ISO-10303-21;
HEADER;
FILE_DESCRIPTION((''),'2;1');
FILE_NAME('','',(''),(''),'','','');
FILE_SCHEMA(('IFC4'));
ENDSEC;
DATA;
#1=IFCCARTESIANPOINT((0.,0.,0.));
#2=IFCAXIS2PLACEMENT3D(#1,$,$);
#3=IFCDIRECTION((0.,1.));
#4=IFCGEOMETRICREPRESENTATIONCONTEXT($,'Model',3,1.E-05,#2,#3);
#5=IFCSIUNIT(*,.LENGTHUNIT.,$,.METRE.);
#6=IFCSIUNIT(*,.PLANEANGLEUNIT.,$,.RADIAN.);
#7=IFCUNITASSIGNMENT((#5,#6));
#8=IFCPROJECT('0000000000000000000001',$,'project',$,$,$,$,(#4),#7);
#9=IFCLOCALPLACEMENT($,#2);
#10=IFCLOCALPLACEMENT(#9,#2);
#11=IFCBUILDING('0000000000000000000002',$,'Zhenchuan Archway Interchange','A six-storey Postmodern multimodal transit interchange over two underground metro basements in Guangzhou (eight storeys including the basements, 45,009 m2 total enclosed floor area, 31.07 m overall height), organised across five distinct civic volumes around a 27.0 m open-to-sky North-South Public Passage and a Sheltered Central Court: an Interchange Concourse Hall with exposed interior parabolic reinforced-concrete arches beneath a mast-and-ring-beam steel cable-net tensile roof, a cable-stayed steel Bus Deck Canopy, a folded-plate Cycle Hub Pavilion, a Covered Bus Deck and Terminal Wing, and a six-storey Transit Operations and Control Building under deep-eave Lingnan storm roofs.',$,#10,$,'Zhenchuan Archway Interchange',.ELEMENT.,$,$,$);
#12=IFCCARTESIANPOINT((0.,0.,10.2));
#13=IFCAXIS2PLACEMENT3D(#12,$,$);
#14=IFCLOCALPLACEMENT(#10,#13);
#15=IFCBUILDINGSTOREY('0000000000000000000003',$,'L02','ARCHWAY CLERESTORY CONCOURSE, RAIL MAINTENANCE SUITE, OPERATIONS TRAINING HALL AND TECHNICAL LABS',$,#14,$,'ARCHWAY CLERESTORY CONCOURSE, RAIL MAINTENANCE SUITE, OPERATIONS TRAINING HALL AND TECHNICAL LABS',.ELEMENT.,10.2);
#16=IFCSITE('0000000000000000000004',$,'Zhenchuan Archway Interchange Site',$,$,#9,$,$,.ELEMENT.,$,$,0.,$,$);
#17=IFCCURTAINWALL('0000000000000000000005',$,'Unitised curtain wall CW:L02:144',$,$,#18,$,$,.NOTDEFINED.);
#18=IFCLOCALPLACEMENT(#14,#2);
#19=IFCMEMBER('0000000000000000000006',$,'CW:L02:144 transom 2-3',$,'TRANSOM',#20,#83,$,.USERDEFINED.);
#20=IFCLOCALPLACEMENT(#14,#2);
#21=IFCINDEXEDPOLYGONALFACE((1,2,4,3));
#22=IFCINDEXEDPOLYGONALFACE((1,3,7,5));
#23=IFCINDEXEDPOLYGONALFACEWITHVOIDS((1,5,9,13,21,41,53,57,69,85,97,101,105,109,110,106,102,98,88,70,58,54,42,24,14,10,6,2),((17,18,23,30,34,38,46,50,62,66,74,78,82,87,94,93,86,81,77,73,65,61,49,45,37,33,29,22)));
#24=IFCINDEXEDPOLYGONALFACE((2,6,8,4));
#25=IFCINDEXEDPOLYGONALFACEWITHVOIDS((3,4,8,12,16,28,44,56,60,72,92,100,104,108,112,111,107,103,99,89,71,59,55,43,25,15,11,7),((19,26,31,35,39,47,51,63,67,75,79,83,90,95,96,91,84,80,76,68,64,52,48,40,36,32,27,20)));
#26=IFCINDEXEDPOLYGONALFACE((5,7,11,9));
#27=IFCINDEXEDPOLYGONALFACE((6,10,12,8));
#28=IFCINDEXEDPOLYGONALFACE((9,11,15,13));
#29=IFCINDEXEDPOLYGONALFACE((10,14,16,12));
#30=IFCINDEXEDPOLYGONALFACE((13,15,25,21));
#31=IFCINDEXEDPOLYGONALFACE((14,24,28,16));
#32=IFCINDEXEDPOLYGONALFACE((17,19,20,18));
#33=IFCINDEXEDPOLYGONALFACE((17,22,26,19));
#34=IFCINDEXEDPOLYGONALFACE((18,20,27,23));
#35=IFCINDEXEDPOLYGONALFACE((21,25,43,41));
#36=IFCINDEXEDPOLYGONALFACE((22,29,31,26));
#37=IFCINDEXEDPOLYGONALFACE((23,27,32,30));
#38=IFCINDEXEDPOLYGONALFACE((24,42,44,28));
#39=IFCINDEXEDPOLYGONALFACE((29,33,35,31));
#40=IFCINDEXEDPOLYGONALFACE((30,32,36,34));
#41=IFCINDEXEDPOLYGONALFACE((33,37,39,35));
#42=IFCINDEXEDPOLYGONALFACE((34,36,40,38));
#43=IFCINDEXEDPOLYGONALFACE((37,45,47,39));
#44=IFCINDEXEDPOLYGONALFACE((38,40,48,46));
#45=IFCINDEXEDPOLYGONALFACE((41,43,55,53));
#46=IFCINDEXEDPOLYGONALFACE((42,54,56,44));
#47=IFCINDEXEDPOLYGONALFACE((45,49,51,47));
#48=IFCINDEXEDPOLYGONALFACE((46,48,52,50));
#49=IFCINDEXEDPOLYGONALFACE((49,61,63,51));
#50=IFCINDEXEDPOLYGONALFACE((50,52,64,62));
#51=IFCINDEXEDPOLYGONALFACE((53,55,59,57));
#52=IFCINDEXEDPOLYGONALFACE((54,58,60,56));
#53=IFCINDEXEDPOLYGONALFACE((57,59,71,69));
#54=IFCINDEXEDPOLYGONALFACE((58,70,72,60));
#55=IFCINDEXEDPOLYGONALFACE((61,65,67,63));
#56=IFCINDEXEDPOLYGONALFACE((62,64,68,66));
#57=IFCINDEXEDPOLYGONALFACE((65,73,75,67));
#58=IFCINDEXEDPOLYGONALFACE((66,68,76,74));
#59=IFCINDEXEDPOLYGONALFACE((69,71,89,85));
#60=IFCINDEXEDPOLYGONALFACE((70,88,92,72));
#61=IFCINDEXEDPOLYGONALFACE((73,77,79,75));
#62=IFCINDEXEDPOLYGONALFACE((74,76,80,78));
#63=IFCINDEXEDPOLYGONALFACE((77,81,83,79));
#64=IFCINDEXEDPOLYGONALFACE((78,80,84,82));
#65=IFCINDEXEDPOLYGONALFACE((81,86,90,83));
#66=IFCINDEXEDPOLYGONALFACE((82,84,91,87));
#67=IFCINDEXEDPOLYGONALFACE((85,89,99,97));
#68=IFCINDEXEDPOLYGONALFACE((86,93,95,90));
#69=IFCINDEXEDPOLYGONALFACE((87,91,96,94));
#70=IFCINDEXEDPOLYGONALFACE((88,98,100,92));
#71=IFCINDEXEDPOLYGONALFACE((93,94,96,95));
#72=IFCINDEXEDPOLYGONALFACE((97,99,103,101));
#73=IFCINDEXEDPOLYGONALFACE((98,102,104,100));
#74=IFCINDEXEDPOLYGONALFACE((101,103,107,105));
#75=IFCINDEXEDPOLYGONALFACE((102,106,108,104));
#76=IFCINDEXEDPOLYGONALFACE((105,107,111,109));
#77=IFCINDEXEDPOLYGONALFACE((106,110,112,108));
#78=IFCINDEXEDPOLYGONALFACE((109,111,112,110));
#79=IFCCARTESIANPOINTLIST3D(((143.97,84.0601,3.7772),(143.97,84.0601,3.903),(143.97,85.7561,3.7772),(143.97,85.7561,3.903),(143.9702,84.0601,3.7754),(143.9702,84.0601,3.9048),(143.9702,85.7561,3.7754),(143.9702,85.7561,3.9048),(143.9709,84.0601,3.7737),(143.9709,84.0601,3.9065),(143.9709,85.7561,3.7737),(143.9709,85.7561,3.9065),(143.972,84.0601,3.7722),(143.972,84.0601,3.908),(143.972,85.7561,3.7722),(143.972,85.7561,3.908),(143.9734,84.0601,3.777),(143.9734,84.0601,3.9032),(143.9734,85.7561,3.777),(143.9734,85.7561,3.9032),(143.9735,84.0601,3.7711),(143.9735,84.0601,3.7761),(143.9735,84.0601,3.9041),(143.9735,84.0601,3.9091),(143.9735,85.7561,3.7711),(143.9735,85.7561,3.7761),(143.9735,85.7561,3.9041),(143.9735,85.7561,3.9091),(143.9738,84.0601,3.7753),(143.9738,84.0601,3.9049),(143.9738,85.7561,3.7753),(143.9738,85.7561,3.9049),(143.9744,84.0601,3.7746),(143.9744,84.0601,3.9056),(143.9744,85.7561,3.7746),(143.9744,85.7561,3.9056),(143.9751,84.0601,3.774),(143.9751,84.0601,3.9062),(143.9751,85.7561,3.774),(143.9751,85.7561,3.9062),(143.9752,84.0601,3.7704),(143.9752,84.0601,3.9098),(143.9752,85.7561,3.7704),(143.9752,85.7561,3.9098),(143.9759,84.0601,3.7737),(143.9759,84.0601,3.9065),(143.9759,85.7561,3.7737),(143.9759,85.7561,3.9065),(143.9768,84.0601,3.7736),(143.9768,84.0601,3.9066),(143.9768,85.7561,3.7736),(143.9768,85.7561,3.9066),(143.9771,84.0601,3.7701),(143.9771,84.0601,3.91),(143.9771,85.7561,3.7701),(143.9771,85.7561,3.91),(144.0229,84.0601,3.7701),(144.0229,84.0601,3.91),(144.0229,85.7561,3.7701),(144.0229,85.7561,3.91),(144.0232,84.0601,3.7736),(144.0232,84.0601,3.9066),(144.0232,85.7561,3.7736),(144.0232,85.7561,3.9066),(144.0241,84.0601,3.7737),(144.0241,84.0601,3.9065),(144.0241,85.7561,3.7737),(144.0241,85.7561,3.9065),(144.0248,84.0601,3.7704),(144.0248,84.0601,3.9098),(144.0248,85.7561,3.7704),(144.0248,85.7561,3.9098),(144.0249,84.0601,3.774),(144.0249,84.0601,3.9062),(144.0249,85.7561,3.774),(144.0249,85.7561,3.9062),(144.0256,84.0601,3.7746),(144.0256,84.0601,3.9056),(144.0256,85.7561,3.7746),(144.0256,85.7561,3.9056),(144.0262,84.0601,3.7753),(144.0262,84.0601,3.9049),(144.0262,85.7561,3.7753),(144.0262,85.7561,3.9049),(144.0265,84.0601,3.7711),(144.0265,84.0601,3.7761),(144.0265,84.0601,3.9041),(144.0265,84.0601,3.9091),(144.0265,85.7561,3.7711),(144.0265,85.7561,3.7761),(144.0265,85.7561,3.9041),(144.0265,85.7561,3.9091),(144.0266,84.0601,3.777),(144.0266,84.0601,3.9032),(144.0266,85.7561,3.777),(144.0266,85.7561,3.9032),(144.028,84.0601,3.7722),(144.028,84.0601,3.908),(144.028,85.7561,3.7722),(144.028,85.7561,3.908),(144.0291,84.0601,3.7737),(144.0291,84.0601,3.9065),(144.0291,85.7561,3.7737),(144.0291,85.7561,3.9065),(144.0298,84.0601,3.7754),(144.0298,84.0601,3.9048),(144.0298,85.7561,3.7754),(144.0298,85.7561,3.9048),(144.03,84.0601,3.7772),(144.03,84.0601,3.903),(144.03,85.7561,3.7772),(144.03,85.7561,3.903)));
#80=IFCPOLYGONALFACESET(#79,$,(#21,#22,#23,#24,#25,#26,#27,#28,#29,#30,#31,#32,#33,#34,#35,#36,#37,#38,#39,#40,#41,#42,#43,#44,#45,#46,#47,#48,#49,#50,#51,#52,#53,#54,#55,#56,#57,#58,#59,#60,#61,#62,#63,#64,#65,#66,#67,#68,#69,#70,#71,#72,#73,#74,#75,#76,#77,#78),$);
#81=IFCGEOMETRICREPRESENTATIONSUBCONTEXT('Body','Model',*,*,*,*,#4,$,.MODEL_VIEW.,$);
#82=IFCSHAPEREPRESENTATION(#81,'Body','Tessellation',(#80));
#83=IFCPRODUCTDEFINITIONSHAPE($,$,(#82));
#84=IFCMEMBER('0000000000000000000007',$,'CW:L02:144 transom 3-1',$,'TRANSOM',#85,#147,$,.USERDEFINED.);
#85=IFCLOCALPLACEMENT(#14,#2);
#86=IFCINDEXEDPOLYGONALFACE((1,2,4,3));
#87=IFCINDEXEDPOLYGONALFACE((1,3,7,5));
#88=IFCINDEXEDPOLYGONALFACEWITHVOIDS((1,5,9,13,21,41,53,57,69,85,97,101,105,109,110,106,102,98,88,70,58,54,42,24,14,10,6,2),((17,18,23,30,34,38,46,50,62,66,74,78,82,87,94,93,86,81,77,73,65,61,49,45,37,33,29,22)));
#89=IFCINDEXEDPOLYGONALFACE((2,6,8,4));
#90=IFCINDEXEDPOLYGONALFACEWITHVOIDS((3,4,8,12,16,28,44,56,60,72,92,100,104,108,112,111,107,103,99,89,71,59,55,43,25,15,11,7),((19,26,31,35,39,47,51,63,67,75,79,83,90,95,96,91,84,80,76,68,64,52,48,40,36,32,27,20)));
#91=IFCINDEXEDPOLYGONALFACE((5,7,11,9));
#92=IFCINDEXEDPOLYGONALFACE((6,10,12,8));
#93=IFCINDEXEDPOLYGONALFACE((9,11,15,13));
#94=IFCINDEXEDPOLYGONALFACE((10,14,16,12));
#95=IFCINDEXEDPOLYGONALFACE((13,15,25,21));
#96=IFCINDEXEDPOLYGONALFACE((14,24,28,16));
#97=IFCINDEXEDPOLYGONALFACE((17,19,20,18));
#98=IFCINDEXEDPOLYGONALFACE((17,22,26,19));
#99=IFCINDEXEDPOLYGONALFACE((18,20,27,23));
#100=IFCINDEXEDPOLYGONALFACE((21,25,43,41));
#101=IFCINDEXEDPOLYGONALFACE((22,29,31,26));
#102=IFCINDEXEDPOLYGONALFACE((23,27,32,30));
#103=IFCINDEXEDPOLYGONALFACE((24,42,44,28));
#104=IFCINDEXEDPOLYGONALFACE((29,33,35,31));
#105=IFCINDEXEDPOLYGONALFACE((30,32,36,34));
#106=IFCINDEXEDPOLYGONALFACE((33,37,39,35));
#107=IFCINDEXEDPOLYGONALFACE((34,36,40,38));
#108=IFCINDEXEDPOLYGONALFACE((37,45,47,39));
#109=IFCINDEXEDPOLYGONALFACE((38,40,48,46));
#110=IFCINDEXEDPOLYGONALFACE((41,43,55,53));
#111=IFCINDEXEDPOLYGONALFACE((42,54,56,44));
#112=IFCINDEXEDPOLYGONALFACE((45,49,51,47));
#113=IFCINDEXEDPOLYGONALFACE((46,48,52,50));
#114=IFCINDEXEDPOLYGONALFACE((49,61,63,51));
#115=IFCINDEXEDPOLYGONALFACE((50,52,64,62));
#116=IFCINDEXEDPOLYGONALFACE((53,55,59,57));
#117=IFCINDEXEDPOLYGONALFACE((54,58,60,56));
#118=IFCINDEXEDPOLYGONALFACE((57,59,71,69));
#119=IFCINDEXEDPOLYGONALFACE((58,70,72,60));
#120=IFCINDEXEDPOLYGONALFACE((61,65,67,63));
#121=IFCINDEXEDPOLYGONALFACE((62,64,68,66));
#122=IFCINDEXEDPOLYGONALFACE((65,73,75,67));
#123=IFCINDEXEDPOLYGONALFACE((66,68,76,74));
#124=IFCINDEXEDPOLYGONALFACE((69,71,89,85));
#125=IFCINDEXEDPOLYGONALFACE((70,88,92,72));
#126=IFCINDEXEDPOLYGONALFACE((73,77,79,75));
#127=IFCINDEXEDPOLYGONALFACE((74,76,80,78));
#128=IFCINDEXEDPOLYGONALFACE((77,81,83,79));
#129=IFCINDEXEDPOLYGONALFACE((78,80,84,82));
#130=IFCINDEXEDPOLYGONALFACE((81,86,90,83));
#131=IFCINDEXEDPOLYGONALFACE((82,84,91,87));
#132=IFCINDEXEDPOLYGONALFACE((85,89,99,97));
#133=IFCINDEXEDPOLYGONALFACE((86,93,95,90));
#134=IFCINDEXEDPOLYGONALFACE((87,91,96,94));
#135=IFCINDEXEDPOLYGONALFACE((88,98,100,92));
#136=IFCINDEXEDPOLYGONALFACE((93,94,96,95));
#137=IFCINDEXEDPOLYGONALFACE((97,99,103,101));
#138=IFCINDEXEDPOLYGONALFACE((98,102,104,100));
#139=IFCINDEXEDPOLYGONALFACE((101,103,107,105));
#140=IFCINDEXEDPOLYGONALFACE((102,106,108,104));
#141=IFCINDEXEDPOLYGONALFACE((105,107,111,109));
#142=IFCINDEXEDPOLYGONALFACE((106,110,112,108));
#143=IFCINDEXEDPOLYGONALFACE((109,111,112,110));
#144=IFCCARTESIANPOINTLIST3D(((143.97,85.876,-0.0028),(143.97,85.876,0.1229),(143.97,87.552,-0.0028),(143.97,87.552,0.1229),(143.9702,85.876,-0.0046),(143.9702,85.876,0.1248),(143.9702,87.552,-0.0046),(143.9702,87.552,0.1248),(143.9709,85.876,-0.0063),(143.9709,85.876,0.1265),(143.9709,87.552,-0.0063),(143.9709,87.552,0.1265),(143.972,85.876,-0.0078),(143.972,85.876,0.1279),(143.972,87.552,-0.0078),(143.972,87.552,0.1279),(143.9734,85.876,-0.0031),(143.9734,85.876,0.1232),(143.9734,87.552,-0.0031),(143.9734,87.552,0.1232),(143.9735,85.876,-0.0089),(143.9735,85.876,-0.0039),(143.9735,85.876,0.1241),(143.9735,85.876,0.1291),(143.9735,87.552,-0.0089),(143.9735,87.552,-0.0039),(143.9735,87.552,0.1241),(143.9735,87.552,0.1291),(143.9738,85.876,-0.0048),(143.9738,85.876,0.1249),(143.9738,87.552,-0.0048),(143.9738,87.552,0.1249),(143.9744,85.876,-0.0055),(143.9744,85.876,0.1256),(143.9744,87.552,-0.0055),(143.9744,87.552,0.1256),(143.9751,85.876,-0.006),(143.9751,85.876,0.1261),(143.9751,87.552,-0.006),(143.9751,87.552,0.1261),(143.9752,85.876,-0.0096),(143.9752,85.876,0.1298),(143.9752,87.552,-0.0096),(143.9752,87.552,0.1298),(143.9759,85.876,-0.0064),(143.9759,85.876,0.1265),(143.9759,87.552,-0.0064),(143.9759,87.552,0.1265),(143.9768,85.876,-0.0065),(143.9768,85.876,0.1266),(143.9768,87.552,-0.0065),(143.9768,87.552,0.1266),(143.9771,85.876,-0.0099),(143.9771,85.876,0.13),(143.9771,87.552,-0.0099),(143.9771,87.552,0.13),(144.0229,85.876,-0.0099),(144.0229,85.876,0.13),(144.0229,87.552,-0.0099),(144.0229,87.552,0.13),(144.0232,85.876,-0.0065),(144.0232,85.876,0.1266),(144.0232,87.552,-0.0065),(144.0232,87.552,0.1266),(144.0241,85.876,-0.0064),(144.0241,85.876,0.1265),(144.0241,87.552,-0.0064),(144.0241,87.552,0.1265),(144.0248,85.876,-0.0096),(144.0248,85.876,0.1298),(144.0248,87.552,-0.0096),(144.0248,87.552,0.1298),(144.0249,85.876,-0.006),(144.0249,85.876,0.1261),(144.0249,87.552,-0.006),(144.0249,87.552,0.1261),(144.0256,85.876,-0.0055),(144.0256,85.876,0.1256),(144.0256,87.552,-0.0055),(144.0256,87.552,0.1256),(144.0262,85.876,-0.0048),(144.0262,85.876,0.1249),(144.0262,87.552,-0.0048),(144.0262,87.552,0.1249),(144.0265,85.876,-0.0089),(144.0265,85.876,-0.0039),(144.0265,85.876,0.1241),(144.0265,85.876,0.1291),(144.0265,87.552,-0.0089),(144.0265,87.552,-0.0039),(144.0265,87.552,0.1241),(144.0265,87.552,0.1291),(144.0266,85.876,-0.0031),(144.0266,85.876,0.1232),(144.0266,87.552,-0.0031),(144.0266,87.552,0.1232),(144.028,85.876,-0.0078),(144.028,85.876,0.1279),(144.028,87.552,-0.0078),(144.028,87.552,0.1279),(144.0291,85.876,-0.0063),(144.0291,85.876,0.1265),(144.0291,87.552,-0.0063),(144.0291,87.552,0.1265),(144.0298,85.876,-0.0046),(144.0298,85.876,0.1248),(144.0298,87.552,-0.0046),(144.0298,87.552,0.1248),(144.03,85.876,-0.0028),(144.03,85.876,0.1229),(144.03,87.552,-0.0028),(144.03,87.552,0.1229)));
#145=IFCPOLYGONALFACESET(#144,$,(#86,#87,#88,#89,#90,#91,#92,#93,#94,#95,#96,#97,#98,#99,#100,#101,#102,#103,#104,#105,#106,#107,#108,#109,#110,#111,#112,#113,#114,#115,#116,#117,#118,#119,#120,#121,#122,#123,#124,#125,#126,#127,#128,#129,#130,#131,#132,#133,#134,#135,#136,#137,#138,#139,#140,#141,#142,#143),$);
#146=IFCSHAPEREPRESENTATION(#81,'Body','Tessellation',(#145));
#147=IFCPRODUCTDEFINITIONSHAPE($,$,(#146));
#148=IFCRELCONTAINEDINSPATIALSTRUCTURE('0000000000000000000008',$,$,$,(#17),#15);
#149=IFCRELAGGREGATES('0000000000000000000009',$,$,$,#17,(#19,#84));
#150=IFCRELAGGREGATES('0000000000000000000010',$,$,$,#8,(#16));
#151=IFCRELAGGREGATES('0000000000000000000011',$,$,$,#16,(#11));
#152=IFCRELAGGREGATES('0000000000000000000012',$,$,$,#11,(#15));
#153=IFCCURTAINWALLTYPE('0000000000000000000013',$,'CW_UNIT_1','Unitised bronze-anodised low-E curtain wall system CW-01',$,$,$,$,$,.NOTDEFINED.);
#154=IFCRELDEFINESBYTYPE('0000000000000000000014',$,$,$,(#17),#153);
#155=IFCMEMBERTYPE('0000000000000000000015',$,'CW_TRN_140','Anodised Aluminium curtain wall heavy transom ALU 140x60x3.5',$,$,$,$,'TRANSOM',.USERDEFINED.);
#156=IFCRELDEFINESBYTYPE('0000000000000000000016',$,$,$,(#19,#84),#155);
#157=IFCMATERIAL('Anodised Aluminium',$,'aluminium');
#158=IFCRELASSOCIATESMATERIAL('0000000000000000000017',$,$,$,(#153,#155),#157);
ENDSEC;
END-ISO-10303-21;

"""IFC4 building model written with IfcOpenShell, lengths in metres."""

from ifc_helpers import new_model, si_unit, direction, frame, origin, origin_2d, place, context, subcontext, project, spatial, hollow_rectangle, extrude, material, material_profile, profile_set, type_object, element, aggregate, save


model = new_model("IFC4")

# Units and contexts
model_context = context("Model", 3, precision=1e-05, world=origin(), true_north=direction((0.0, 1.0)))
body_context = subcontext(model_context, "Body", "Model", "MODEL_VIEW")
ifc_project = project(units=[si_unit("LENGTHUNIT", "METRE"), si_unit("PLANEANGLEUNIT", "RADIAN")], contexts=[model_context])

# Site, building, storey
site_placement = place(None, origin())
site = spatial("IfcSite", under=ifc_project, at=site_placement, Name="Zhenchuan Archway Interchange Site", CompositionType="ELEMENT", RefElevation=0.0)
building_placement = place(site_placement, origin())
building = spatial("IfcBuilding", under=site, at=building_placement, Name="Zhenchuan Archway Interchange", Description="A six-storey Postmodern multimodal transit interchange over two underground metro basements in Guangzhou (eight storeys including the basements, 45,009 m2 total enclosed floor area, 31.07 m overall height), organised across five distinct civic volumes around a 27.0 m open-to-sky North-South Public Passage and a Sheltered Central Court: an Interchange Concourse Hall with exposed interior parabolic reinforced-concrete arches beneath a mast-and-ring-beam steel cable-net tensile roof, a cable-stayed steel Bus Deck Canopy, a folded-plate Cycle Hub Pavilion, a Covered Bus Deck and Terminal Wing, and a six-storey Transit Operations and Control Building under deep-eave Lingnan storm roofs.", LongName="Zhenchuan Archway Interchange", CompositionType="ELEMENT")
storey_placement = place(building_placement, frame((0.0, 0.0, 10.2)))
storey = spatial("IfcBuildingStorey", under=building, at=storey_placement, Name="L02", Description="ARCHWAY CLERESTORY CONCOURSE, RAIL MAINTENANCE SUITE, OPERATIONS TRAINING HALL AND TECHNICAL LABS", LongName="ARCHWAY CLERESTORY CONCOURSE, RAIL MAINTENANCE SUITE, OPERATIONS TRAINING HALL AND TECHNICAL LABS", CompositionType="ELEMENT", Elevation=10.2)

# Curtain wall, members
ifc_material_1 = material(Name="Anodised Aluminium", Category="aluminium")
curtain_wall_type = type_object("IfcCurtainWallType", Name="CW_UNIT_1", Description="Unitised bronze-anodised low-E curtain wall system CW-01", PredefinedType="NOTDEFINED", material=ifc_material_1)
curtain_wall_placement = place(storey_placement, origin())
curtain_wall = element("IfcCurtainWall", 1, at=curtain_wall_placement, inside=storey, type_object=curtain_wall_type, Name="Unitised curtain wall CW:L02:144", PredefinedType="NOTDEFINED")
ifc_material_profile_1 = material_profile(ifc_material_1, hollow_rectangle(XDim=0.0601, YDim=0.1399, WallThickness=0.0034, InnerFilletRadius=0.0034, OuterFilletRadius=0.0071, at=origin_2d()), Name="ALU 140x60x3.5")
ifc_profile_set_1 = profile_set([ifc_material_profile_1], Name="Anodised Aluminium")
member_type_1 = type_object("IfcMemberType", Name="CW_TRN_140", Description="Anodised Aluminium curtain wall heavy transom ALU 140x60x3.5", ElementType="TRANSOM", PredefinedType="USERDEFINED", material=ifc_profile_set_1)
member_1_placement = place(storey_placement, frame((144.0, 84.0601, 3.8401), z_axis=(0.0, 1.0, 0.0), x_axis=(-1.0, 0.0, 0.0)))
member_1 = element("IfcMember", 2, at=member_1_placement, type_object=member_type_1, Name="CW:L02:144 transom 2-3", ObjectType="TRANSOM", PredefinedType="USERDEFINED", context=body_context, shape_type="SweptSolid", body=[
    extrude(hollow_rectangle(XDim=0.0601, YDim=0.1399, WallThickness=0.0034, InnerFilletRadius=0.0034, OuterFilletRadius=0.0071, at=origin_2d()), origin(), (0.0, 0.0, 1.0), 1.696),
])
member_2_placement = place(storey_placement, frame((144.0, 85.876, 0.0601), z_axis=(0.0, 1.0, 0.0), x_axis=(-1.0, 0.0, 0.0)))
member_2 = element("IfcMember", 3, at=member_2_placement, type_object=member_type_1, Name="CW:L02:144 transom 3-1", ObjectType="TRANSOM", PredefinedType="USERDEFINED", context=body_context, shape_type="SweptSolid", body=[
    extrude(hollow_rectangle(XDim=0.0601, YDim=0.1399, WallThickness=0.0034, InnerFilletRadius=0.0034, OuterFilletRadius=0.0071, at=origin_2d()), origin(), (0.0, 0.0, 1.0), 1.676),
])

aggregate(curtain_wall, [member_1, member_2])

save(model, "model.ifc")
